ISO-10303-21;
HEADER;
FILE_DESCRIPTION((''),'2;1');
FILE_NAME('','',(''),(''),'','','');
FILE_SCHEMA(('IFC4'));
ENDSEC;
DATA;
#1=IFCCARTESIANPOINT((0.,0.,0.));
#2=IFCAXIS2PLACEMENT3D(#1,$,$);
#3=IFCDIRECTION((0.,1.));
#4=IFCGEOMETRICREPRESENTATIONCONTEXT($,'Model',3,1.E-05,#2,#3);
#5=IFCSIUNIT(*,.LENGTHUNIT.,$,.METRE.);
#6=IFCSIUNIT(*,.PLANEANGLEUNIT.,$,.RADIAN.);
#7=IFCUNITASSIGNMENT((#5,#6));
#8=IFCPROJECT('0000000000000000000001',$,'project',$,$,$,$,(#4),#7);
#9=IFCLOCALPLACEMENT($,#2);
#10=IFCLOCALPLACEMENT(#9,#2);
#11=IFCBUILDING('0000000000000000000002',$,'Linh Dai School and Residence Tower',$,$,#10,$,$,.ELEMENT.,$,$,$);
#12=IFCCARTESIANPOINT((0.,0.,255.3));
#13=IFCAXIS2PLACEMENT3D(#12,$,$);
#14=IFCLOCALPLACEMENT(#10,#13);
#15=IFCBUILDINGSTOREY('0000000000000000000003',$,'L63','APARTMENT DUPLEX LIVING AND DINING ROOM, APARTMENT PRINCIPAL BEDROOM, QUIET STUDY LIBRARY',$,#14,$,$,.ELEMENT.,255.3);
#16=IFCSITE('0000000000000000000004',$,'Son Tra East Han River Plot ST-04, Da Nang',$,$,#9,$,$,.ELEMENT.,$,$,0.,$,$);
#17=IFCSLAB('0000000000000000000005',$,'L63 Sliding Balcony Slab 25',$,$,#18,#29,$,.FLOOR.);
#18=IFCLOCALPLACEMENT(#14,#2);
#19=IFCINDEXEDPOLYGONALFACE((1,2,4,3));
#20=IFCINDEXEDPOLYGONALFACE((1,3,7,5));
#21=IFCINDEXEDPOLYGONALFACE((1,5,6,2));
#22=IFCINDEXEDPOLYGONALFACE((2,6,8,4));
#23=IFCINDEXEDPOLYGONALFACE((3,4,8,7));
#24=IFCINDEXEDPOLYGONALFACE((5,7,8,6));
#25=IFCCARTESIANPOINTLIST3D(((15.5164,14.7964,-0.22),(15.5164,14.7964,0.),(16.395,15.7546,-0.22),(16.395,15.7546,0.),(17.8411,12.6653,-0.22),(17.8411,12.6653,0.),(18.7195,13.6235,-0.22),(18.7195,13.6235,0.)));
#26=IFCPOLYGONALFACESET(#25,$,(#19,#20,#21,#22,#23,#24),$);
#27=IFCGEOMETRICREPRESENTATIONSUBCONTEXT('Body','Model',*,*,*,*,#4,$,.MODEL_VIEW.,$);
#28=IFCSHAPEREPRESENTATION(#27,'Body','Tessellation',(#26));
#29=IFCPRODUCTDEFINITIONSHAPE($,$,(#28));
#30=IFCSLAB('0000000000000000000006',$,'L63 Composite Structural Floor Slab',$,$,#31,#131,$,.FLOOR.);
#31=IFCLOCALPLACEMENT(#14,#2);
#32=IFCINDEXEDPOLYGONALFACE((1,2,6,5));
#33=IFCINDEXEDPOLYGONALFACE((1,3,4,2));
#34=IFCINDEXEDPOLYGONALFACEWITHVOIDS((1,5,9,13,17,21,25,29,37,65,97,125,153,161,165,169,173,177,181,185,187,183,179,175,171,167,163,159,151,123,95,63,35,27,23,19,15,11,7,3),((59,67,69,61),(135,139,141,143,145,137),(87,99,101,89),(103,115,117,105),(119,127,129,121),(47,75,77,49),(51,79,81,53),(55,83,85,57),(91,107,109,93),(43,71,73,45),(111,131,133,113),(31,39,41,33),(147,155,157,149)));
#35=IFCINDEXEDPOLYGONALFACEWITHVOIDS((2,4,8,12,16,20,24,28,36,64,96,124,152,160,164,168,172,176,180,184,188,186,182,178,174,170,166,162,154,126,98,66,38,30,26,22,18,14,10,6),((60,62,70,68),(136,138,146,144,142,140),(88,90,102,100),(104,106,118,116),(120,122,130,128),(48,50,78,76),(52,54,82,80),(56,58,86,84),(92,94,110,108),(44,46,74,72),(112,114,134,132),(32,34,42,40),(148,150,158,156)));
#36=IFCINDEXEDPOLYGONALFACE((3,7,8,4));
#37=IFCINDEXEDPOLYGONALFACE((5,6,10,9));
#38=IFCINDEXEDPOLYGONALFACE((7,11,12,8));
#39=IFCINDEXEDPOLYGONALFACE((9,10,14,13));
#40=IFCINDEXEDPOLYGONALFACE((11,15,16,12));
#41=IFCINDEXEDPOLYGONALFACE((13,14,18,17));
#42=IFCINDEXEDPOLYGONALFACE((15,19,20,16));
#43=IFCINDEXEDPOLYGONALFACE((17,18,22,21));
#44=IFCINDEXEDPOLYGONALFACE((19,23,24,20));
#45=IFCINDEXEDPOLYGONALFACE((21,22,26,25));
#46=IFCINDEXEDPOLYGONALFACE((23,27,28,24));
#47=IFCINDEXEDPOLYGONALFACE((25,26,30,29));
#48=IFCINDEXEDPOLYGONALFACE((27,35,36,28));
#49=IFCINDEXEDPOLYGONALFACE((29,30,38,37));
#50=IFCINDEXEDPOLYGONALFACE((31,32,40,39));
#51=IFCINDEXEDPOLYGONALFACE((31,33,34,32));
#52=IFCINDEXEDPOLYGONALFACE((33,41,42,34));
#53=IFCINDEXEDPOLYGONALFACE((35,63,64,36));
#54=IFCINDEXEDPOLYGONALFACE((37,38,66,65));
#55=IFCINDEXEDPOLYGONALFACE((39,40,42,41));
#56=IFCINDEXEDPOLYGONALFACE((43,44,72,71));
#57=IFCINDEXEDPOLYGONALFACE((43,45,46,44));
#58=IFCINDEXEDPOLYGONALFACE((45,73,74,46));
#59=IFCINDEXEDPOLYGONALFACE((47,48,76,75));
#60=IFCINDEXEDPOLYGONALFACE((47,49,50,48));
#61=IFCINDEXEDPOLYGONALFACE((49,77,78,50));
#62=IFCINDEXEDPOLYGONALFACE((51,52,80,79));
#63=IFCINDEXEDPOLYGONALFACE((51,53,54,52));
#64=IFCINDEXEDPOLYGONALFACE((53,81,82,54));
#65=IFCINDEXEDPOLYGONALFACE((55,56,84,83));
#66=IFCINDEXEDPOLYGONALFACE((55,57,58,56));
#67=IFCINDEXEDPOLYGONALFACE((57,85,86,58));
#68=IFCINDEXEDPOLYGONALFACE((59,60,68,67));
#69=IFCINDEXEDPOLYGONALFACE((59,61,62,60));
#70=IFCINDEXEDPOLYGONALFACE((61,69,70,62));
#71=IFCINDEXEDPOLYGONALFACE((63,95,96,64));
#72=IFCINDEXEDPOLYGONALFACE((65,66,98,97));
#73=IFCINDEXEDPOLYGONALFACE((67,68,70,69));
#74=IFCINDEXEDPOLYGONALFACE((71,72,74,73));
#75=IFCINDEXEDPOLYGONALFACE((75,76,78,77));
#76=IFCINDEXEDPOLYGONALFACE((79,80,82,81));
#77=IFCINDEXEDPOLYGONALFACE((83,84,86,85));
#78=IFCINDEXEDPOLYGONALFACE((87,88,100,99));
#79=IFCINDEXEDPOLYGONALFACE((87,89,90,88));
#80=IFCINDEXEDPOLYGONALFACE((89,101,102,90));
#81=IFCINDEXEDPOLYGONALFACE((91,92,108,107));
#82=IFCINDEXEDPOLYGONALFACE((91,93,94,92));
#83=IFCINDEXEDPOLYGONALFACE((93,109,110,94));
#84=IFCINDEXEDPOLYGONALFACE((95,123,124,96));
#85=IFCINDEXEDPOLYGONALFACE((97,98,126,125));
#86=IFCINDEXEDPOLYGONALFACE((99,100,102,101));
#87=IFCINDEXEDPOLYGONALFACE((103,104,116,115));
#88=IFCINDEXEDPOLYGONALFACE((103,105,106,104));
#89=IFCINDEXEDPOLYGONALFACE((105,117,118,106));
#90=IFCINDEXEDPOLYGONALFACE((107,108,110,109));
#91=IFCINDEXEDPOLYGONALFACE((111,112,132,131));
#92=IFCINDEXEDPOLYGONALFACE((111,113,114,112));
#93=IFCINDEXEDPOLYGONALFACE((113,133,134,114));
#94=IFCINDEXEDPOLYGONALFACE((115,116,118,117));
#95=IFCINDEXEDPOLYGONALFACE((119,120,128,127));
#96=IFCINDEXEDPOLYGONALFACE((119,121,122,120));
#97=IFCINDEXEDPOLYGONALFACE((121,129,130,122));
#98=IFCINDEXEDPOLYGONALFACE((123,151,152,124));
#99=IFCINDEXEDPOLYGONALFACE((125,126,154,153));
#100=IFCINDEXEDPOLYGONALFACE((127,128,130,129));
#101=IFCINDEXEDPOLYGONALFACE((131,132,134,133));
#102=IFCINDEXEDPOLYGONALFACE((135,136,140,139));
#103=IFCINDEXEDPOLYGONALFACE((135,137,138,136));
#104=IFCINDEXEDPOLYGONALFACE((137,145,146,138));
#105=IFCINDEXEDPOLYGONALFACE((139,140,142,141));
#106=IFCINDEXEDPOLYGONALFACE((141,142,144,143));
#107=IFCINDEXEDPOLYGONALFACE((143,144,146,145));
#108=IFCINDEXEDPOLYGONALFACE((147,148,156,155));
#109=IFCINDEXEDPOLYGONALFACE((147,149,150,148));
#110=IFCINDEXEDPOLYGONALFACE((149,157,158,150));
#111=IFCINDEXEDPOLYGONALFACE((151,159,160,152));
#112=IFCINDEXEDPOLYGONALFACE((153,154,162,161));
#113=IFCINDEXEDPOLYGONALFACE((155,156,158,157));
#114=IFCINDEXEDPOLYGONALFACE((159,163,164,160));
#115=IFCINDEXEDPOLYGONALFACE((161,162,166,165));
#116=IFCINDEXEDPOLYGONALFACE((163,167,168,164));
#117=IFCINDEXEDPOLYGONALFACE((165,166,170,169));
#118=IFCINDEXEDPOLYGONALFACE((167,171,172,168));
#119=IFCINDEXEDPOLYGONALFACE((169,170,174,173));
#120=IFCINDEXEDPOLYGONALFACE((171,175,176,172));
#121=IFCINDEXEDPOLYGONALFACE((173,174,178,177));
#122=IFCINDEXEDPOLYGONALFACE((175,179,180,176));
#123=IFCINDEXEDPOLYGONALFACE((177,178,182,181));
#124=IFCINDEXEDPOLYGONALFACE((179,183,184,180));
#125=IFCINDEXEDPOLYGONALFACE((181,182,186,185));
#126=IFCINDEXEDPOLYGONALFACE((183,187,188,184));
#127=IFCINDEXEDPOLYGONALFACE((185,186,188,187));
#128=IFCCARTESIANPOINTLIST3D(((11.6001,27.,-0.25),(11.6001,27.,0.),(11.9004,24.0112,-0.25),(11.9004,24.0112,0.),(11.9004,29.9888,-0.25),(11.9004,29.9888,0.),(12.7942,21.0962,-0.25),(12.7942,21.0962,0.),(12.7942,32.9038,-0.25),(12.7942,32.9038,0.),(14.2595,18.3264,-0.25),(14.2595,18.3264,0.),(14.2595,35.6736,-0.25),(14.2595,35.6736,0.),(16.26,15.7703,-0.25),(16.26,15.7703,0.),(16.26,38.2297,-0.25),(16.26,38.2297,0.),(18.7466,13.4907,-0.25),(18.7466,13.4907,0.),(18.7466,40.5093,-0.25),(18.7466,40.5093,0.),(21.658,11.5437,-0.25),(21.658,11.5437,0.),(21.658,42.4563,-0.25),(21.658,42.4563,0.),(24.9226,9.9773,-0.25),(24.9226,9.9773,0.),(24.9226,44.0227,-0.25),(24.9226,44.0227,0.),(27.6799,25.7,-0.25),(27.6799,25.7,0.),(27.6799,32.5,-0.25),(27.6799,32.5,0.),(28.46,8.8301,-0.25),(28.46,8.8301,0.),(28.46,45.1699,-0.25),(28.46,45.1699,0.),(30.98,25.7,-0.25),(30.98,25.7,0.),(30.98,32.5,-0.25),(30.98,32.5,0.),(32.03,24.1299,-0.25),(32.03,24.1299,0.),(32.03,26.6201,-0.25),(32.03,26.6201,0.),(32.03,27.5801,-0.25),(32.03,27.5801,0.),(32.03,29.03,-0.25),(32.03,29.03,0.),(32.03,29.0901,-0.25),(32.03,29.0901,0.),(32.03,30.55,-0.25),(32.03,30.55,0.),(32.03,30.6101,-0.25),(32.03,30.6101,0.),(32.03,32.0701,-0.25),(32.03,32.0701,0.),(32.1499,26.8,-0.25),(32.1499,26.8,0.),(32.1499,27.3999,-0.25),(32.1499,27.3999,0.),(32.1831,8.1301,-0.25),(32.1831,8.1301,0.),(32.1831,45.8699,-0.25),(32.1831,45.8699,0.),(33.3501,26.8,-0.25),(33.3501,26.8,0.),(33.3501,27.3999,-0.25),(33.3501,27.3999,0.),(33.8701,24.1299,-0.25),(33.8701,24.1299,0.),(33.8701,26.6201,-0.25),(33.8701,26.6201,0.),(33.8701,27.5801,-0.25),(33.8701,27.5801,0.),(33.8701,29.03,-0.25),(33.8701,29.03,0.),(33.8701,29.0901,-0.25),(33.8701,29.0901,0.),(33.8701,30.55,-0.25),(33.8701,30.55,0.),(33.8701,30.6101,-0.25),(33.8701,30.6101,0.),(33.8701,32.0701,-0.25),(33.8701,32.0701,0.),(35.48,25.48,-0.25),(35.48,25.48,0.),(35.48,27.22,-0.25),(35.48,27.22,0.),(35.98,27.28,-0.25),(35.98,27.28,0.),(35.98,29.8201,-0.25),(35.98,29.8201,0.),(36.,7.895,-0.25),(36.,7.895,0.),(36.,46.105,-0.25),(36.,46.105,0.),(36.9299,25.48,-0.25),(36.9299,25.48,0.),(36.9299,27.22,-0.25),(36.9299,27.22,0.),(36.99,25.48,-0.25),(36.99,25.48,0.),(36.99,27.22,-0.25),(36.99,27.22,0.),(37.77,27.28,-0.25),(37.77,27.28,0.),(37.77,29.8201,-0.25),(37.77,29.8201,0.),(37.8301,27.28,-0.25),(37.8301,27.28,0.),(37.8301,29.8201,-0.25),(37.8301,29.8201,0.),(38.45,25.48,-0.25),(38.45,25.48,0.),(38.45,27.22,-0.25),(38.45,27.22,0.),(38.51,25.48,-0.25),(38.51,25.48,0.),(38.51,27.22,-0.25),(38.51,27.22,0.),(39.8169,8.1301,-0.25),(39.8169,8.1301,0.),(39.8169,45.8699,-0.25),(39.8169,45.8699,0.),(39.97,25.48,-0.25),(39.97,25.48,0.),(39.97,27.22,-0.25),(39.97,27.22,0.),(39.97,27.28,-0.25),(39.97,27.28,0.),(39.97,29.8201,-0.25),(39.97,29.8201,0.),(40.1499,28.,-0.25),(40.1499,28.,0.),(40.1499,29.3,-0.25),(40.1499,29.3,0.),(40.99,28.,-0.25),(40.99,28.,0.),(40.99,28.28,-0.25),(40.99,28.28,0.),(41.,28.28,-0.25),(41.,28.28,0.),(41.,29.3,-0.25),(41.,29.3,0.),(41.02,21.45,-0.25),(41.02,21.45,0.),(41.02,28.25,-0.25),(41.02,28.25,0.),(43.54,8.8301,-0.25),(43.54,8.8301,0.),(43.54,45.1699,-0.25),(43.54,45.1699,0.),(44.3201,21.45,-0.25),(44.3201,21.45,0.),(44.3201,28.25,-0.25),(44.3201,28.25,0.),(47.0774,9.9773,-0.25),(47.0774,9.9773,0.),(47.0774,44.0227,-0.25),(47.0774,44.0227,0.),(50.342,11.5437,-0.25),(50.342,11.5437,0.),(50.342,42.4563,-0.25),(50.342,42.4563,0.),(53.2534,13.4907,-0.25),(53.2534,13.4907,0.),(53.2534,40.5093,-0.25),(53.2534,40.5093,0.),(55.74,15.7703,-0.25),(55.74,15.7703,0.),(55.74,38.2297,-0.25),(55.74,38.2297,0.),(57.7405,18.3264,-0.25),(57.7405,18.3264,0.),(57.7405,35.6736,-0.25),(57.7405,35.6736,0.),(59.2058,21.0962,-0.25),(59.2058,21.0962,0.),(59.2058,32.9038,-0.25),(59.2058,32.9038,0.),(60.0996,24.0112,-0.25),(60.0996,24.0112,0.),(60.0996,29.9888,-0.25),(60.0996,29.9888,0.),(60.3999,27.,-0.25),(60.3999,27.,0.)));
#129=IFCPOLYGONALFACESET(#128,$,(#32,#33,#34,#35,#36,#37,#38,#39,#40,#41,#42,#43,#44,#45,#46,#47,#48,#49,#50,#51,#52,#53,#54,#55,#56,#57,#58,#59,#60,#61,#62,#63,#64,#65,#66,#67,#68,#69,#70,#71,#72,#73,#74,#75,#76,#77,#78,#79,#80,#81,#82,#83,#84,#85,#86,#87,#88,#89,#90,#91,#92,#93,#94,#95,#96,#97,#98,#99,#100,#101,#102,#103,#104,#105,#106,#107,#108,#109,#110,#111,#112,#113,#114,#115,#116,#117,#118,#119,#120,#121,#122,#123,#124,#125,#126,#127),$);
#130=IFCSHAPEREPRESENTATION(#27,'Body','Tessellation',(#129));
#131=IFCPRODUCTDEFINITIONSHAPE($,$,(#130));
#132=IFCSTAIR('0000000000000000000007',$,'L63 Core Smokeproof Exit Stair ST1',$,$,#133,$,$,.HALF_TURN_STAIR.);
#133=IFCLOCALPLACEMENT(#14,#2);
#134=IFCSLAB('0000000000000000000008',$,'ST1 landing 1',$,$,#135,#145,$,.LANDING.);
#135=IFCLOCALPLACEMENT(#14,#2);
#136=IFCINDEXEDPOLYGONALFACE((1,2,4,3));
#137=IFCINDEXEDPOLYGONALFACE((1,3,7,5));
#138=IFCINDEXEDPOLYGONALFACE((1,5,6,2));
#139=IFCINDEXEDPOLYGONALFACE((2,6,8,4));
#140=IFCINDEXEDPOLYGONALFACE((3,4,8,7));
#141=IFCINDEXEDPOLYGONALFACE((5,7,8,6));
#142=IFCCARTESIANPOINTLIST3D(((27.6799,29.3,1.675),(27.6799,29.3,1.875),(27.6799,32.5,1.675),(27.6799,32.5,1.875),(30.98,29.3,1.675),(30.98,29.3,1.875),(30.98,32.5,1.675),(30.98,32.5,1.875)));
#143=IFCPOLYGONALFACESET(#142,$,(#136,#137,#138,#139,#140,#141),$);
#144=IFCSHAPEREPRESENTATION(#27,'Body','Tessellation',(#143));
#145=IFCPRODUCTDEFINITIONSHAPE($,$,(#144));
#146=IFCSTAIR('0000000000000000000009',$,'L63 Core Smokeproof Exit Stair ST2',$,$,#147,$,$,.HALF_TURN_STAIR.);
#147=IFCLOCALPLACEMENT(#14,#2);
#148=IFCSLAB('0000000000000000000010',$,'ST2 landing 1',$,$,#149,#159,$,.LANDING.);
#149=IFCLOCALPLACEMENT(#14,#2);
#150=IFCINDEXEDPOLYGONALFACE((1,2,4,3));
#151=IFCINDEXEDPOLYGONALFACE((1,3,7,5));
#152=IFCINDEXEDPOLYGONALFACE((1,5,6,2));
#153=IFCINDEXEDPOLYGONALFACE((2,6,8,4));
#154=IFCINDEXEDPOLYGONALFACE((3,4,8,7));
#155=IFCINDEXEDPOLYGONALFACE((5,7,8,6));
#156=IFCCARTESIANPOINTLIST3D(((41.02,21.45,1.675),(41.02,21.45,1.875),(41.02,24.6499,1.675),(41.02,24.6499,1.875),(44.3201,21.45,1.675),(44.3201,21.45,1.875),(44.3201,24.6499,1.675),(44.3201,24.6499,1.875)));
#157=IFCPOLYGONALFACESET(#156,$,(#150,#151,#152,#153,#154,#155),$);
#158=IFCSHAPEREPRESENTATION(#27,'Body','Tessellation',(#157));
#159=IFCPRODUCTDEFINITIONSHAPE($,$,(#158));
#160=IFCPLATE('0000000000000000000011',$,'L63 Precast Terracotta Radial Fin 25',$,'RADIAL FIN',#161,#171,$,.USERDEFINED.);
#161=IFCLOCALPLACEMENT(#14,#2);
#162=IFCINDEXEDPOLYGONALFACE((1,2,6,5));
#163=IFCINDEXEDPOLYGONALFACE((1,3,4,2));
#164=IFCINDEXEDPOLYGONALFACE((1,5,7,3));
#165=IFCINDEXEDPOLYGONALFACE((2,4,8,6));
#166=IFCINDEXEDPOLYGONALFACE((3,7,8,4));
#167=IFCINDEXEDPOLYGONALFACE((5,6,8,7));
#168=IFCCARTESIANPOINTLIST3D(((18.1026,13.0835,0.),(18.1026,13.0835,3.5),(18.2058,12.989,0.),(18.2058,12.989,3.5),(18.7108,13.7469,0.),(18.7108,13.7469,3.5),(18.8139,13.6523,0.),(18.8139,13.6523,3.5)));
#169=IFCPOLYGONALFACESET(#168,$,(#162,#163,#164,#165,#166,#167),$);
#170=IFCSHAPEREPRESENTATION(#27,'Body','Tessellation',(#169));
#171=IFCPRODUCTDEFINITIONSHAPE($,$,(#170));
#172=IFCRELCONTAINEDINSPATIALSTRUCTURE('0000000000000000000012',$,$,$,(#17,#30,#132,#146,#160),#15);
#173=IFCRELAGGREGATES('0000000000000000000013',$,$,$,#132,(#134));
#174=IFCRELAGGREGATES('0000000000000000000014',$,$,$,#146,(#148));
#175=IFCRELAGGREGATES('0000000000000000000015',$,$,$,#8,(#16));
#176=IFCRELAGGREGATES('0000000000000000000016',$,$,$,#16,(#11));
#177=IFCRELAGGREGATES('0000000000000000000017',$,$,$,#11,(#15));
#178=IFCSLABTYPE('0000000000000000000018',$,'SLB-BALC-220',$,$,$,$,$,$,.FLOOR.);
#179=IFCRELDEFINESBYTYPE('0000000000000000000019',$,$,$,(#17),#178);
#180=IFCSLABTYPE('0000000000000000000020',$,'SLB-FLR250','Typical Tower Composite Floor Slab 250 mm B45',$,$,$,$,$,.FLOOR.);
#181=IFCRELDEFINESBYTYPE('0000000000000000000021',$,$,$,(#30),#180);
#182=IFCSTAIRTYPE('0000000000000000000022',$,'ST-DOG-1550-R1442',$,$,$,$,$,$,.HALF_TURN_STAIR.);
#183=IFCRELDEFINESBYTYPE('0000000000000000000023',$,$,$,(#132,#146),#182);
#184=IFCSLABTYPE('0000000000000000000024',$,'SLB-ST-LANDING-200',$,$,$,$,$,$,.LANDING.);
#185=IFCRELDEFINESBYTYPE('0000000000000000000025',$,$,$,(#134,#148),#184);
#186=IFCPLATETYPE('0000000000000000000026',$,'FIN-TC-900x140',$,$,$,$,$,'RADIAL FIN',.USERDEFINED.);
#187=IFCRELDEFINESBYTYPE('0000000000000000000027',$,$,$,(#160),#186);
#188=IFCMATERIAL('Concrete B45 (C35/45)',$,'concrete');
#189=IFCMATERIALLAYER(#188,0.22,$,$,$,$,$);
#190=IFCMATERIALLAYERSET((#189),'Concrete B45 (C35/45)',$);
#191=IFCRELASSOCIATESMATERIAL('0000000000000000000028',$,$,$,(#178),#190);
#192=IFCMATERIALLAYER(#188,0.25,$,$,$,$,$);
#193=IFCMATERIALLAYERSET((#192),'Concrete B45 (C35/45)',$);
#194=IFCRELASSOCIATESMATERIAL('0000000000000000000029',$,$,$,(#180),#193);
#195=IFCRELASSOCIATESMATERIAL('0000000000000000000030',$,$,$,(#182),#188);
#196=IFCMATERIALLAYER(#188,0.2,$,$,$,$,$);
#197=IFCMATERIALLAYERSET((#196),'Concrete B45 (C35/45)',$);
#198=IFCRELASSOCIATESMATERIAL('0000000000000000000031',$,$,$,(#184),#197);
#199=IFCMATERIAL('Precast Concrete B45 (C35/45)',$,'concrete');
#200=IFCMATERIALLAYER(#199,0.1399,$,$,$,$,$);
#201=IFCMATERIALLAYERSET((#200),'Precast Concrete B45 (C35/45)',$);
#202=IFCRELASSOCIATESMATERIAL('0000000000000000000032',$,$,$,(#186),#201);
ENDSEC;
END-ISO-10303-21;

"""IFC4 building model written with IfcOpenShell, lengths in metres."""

from ifc_helpers import new_model, si_unit, direction, frame, origin, origin_2d, place, context, subcontext, project, spatial, polyline, rectangle, outline, extrude, source, transform, mapped, material, layer, layer_set, type_object, element, aggregate, save


model = new_model("IFC4")

# Units and contexts
model_context = context("Model", 3, precision=1e-05, world=origin(), true_north=direction((0.0, 1.0)))
body_context = subcontext(model_context, "Body", "Model", "MODEL_VIEW")
ifc_project = project(units=[si_unit("LENGTHUNIT", "METRE"), si_unit("PLANEANGLEUNIT", "RADIAN")], contexts=[model_context])

# Site, building, storey
site_placement = place(None, origin())
site = spatial("IfcSite", under=ifc_project, at=site_placement, Name="Son Tra East Han River Plot ST-04, Da Nang", CompositionType="ELEMENT", RefElevation=0.0)
building_placement = place(site_placement, origin())
building = spatial("IfcBuilding", under=site, at=building_placement, Name="Linh Dai School and Residence Tower", CompositionType="ELEMENT")
storey_placement = place(building_placement, frame((0.0, 0.0, 255.3)))
storey = spatial("IfcBuildingStorey", under=building, at=storey_placement, Name="L63", Description="APARTMENT DUPLEX LIVING AND DINING ROOM, APARTMENT PRINCIPAL BEDROOM, QUIET STUDY LIBRARY", CompositionType="ELEMENT", Elevation=255.3)

# Slabs
ifc_material_1 = material(Name="Concrete B45 (C35/45)", Category="concrete")
ifc_layer_1 = layer(ifc_material_1, 0.22)
ifc_layer_set_1 = layer_set([ifc_layer_1], Name="Concrete B45 (C35/45)")
slab_type_1 = type_object("IfcSlabType", Name="SLB-BALC-220", PredefinedType="FLOOR", material=ifc_layer_set_1)
slab_1_placement = place(storey_placement, frame((0.0, 0.0, -0.22)))
element("IfcSlab", 1, at=slab_1_placement, inside=storey, type_object=slab_type_1, Name="L63 Sliding Balcony Slab 25", PredefinedType="FLOOR", context=body_context, shape_type="SweptSolid", body=[
    extrude(outline(polyline([(18.7195, 13.6235), (16.395, 15.7546), (15.5164, 14.7964), (17.8411, 12.6653), (18.7195, 13.6235)])), origin(), (0.0, 0.0, 1.0), 0.22),
])
ifc_layer_2 = layer(ifc_material_1, 0.25)
ifc_layer_set_2 = layer_set([ifc_layer_2], Name="Concrete B45 (C35/45)")
slab_type_2 = type_object("IfcSlabType", Name="SLB-FLR250", Description="Typical Tower Composite Floor Slab 250 mm B45", PredefinedType="FLOOR", material=ifc_layer_set_2)
slab_2_placement = place(storey_placement, frame((0.0, 0.0, -0.25)))
element("IfcSlab", 2, at=slab_2_placement, inside=storey, type_object=slab_type_2, Name="L63 Composite Structural Floor Slab", PredefinedType="FLOOR", context=body_context, shape_type="SweptSolid", body=[
    extrude(outline(polyline([(60.3999, 27.0), (60.0996, 29.9888), (59.2058, 32.9038), (57.7405, 35.6736), (55.74, 38.2297), (53.2534, 40.5093), (50.342, 42.4563), (47.0774, 44.0227), (43.54, 45.1699), (39.8169, 45.8699), (36.0, 46.105), (32.1831, 45.8699), (28.46, 45.1699), (24.9226, 44.0227), (21.658, 42.4563), (18.7466, 40.5093), (16.26, 38.2297), (14.2595, 35.6736), (12.7942, 32.9038), (11.9004, 29.9888), (11.6001, 27.0), (11.9004, 24.0112), (12.7942, 21.0962), (14.2595, 18.3264), (16.26, 15.7703), (18.7466, 13.4907), (21.658, 11.5437), (24.9226, 9.9773), (28.46, 8.8301), (32.1831, 8.1301), (36.0, 7.895), (39.8169, 8.1301), (43.54, 8.8301), (47.0774, 9.9773), (50.342, 11.5437), (53.2534, 13.4907), (55.74, 15.7703), (57.7405, 18.3264), (59.2058, 21.0962), (60.0996, 24.0112), (60.3999, 27.0)]), holes=[polyline([(30.98, 25.7), (30.98, 32.5), (27.6799, 32.5), (27.6799, 25.7), (30.98, 25.7)]), polyline([(41.02, 28.25), (41.02, 21.45), (44.3201, 21.45), (44.3201, 28.25), (41.02, 28.25)]), polyline([(35.98, 27.28), (37.77, 27.28), (37.77, 29.8201), (35.98, 29.8201), (35.98, 27.28)]), polyline([(32.03, 24.1299), (33.8701, 24.1299), (33.8701, 26.6201), (32.03, 26.6201), (32.03, 24.1299)]), polyline([(37.8301, 27.28), (39.97, 27.28), (39.97, 29.8201), (37.8301, 29.8201), (37.8301, 27.28)]), polyline([(32.03, 27.5801), (33.8701, 27.5801), (33.8701, 29.03), (32.03, 29.03), (32.03, 27.5801)]), polyline([(32.03, 29.0901), (33.8701, 29.0901), (33.8701, 30.55), (32.03, 30.55), (32.03, 29.0901)]), polyline([(32.03, 30.6101), (33.8701, 30.6101), (33.8701, 32.0701), (32.03, 32.0701), (32.03, 30.6101)]), polyline([(35.48, 25.48), (36.9299, 25.48), (36.9299, 27.22), (35.48, 27.22), (35.48, 25.48)]), polyline([(36.99, 25.48), (38.45, 25.48), (38.45, 27.22), (36.99, 27.22), (36.99, 25.48)]), polyline([(38.51, 25.48), (39.97, 25.48), (39.97, 27.22), (38.51, 27.22), (38.51, 25.48)]), polyline([(40.1499, 28.0), (40.1499, 29.3), (41.0, 29.3), (41.0, 28.28), (40.99, 28.28), (40.99, 28.0), (40.1499, 28.0)]), polyline([(32.1499, 26.8), (33.3501, 26.8), (33.3501, 27.3999), (32.1499, 27.3999), (32.1499, 26.8)])]), origin(), (0.0, 0.0, 1.0), 0.25),
])

# Stairs, slabs
stair_type = type_object("IfcStairType", Name="ST-DOG-1550-R1442", PredefinedType="HALF_TURN_STAIR", material=ifc_material_1)
stair_1_placement = place(storey_placement, origin())
stair_1 = element("IfcStair", 3, at=stair_1_placement, inside=storey, type_object=stair_type, Name="L63 Core Smokeproof Exit Stair ST1", PredefinedType="HALF_TURN_STAIR")
ifc_layer_3 = layer(ifc_material_1, 0.2)
ifc_layer_set_3 = layer_set([ifc_layer_3], Name="Concrete B45 (C35/45)")
slab_type_3 = type_object("IfcSlabType", Name="SLB-ST-LANDING-200", PredefinedType="LANDING", material=ifc_layer_set_3)
slab_3_placement = place(storey_placement, frame((0.0, 0.0, 1.675)))
slab_3 = element("IfcSlab", 4, at=slab_3_placement, type_object=slab_type_3, Name="ST1 landing 1", PredefinedType="LANDING", context=body_context, shape_type="SweptSolid", body=[
    extrude(outline(polyline([(30.98, 29.3), (30.98, 32.5), (27.6799, 32.5), (27.6799, 29.3), (30.98, 29.3)])), origin(), (0.0, 0.0, 1.0), 0.2),
])
aggregate(stair_1, [slab_3])
stair_2_placement = place(storey_placement, origin())
stair_2 = element("IfcStair", 5, at=stair_2_placement, inside=storey, type_object=stair_type, Name="L63 Core Smokeproof Exit Stair ST2", PredefinedType="HALF_TURN_STAIR")
slab_4_placement = place(storey_placement, frame((0.0, 0.0, 1.675)))
slab_4 = element("IfcSlab", 6, at=slab_4_placement, type_object=slab_type_3, Name="ST2 landing 1", PredefinedType="LANDING", context=body_context, shape_type="SweptSolid", body=[
    extrude(outline(polyline([(41.02, 24.6499), (41.02, 21.45), (44.3201, 21.45), (44.3201, 24.6499), (41.02, 24.6499)])), origin(), (0.0, 0.0, 1.0), 0.2),
])
aggregate(stair_2, [slab_4])

# Plate
ifc_material_2 = material(Name="Precast Concrete B45 (C35/45)", Category="concrete")
ifc_layer_4 = layer(ifc_material_2, 0.1399)
ifc_layer_set_4 = layer_set([ifc_layer_4], Name="Precast Concrete B45 (C35/45)")
plate_type = type_object("IfcPlateType", Name="FIN-TC-900x140", ElementType="RADIAL FIN", PredefinedType="USERDEFINED", material=ifc_layer_set_4)
shared_shape_1 = source(origin(), body_context, "Body", "SweptSolid", [
    extrude(rectangle(XDim=0.8999, YDim=0.1399, at=origin_2d()), origin(), (0.0, 0.0, 1.0), 3.5),
])
plate_placement = place(storey_placement, frame((18.4583, 13.3679, 0.0), z_axis=(0.0, 0.0, 1.0), x_axis=(-0.675756, -0.737125, 0.0)))
element("IfcPlate", 7, at=plate_placement, inside=storey, type_object=plate_type, Name="L63 Precast Terracotta Radial Fin 25", ObjectType="RADIAL FIN", PredefinedType="USERDEFINED", context=body_context, shape_type="MappedRepresentation", body=[
    mapped(shared_shape_1, transform((0.0, 0.0, 0.0), x_axis=(1.0, 0.0, 0.0), y_axis=(0.0, 1.0, 0.0), z_axis=(0.0, 0.0, 1.0), scale=1.0)),
])

save(model, "model.ifc")
